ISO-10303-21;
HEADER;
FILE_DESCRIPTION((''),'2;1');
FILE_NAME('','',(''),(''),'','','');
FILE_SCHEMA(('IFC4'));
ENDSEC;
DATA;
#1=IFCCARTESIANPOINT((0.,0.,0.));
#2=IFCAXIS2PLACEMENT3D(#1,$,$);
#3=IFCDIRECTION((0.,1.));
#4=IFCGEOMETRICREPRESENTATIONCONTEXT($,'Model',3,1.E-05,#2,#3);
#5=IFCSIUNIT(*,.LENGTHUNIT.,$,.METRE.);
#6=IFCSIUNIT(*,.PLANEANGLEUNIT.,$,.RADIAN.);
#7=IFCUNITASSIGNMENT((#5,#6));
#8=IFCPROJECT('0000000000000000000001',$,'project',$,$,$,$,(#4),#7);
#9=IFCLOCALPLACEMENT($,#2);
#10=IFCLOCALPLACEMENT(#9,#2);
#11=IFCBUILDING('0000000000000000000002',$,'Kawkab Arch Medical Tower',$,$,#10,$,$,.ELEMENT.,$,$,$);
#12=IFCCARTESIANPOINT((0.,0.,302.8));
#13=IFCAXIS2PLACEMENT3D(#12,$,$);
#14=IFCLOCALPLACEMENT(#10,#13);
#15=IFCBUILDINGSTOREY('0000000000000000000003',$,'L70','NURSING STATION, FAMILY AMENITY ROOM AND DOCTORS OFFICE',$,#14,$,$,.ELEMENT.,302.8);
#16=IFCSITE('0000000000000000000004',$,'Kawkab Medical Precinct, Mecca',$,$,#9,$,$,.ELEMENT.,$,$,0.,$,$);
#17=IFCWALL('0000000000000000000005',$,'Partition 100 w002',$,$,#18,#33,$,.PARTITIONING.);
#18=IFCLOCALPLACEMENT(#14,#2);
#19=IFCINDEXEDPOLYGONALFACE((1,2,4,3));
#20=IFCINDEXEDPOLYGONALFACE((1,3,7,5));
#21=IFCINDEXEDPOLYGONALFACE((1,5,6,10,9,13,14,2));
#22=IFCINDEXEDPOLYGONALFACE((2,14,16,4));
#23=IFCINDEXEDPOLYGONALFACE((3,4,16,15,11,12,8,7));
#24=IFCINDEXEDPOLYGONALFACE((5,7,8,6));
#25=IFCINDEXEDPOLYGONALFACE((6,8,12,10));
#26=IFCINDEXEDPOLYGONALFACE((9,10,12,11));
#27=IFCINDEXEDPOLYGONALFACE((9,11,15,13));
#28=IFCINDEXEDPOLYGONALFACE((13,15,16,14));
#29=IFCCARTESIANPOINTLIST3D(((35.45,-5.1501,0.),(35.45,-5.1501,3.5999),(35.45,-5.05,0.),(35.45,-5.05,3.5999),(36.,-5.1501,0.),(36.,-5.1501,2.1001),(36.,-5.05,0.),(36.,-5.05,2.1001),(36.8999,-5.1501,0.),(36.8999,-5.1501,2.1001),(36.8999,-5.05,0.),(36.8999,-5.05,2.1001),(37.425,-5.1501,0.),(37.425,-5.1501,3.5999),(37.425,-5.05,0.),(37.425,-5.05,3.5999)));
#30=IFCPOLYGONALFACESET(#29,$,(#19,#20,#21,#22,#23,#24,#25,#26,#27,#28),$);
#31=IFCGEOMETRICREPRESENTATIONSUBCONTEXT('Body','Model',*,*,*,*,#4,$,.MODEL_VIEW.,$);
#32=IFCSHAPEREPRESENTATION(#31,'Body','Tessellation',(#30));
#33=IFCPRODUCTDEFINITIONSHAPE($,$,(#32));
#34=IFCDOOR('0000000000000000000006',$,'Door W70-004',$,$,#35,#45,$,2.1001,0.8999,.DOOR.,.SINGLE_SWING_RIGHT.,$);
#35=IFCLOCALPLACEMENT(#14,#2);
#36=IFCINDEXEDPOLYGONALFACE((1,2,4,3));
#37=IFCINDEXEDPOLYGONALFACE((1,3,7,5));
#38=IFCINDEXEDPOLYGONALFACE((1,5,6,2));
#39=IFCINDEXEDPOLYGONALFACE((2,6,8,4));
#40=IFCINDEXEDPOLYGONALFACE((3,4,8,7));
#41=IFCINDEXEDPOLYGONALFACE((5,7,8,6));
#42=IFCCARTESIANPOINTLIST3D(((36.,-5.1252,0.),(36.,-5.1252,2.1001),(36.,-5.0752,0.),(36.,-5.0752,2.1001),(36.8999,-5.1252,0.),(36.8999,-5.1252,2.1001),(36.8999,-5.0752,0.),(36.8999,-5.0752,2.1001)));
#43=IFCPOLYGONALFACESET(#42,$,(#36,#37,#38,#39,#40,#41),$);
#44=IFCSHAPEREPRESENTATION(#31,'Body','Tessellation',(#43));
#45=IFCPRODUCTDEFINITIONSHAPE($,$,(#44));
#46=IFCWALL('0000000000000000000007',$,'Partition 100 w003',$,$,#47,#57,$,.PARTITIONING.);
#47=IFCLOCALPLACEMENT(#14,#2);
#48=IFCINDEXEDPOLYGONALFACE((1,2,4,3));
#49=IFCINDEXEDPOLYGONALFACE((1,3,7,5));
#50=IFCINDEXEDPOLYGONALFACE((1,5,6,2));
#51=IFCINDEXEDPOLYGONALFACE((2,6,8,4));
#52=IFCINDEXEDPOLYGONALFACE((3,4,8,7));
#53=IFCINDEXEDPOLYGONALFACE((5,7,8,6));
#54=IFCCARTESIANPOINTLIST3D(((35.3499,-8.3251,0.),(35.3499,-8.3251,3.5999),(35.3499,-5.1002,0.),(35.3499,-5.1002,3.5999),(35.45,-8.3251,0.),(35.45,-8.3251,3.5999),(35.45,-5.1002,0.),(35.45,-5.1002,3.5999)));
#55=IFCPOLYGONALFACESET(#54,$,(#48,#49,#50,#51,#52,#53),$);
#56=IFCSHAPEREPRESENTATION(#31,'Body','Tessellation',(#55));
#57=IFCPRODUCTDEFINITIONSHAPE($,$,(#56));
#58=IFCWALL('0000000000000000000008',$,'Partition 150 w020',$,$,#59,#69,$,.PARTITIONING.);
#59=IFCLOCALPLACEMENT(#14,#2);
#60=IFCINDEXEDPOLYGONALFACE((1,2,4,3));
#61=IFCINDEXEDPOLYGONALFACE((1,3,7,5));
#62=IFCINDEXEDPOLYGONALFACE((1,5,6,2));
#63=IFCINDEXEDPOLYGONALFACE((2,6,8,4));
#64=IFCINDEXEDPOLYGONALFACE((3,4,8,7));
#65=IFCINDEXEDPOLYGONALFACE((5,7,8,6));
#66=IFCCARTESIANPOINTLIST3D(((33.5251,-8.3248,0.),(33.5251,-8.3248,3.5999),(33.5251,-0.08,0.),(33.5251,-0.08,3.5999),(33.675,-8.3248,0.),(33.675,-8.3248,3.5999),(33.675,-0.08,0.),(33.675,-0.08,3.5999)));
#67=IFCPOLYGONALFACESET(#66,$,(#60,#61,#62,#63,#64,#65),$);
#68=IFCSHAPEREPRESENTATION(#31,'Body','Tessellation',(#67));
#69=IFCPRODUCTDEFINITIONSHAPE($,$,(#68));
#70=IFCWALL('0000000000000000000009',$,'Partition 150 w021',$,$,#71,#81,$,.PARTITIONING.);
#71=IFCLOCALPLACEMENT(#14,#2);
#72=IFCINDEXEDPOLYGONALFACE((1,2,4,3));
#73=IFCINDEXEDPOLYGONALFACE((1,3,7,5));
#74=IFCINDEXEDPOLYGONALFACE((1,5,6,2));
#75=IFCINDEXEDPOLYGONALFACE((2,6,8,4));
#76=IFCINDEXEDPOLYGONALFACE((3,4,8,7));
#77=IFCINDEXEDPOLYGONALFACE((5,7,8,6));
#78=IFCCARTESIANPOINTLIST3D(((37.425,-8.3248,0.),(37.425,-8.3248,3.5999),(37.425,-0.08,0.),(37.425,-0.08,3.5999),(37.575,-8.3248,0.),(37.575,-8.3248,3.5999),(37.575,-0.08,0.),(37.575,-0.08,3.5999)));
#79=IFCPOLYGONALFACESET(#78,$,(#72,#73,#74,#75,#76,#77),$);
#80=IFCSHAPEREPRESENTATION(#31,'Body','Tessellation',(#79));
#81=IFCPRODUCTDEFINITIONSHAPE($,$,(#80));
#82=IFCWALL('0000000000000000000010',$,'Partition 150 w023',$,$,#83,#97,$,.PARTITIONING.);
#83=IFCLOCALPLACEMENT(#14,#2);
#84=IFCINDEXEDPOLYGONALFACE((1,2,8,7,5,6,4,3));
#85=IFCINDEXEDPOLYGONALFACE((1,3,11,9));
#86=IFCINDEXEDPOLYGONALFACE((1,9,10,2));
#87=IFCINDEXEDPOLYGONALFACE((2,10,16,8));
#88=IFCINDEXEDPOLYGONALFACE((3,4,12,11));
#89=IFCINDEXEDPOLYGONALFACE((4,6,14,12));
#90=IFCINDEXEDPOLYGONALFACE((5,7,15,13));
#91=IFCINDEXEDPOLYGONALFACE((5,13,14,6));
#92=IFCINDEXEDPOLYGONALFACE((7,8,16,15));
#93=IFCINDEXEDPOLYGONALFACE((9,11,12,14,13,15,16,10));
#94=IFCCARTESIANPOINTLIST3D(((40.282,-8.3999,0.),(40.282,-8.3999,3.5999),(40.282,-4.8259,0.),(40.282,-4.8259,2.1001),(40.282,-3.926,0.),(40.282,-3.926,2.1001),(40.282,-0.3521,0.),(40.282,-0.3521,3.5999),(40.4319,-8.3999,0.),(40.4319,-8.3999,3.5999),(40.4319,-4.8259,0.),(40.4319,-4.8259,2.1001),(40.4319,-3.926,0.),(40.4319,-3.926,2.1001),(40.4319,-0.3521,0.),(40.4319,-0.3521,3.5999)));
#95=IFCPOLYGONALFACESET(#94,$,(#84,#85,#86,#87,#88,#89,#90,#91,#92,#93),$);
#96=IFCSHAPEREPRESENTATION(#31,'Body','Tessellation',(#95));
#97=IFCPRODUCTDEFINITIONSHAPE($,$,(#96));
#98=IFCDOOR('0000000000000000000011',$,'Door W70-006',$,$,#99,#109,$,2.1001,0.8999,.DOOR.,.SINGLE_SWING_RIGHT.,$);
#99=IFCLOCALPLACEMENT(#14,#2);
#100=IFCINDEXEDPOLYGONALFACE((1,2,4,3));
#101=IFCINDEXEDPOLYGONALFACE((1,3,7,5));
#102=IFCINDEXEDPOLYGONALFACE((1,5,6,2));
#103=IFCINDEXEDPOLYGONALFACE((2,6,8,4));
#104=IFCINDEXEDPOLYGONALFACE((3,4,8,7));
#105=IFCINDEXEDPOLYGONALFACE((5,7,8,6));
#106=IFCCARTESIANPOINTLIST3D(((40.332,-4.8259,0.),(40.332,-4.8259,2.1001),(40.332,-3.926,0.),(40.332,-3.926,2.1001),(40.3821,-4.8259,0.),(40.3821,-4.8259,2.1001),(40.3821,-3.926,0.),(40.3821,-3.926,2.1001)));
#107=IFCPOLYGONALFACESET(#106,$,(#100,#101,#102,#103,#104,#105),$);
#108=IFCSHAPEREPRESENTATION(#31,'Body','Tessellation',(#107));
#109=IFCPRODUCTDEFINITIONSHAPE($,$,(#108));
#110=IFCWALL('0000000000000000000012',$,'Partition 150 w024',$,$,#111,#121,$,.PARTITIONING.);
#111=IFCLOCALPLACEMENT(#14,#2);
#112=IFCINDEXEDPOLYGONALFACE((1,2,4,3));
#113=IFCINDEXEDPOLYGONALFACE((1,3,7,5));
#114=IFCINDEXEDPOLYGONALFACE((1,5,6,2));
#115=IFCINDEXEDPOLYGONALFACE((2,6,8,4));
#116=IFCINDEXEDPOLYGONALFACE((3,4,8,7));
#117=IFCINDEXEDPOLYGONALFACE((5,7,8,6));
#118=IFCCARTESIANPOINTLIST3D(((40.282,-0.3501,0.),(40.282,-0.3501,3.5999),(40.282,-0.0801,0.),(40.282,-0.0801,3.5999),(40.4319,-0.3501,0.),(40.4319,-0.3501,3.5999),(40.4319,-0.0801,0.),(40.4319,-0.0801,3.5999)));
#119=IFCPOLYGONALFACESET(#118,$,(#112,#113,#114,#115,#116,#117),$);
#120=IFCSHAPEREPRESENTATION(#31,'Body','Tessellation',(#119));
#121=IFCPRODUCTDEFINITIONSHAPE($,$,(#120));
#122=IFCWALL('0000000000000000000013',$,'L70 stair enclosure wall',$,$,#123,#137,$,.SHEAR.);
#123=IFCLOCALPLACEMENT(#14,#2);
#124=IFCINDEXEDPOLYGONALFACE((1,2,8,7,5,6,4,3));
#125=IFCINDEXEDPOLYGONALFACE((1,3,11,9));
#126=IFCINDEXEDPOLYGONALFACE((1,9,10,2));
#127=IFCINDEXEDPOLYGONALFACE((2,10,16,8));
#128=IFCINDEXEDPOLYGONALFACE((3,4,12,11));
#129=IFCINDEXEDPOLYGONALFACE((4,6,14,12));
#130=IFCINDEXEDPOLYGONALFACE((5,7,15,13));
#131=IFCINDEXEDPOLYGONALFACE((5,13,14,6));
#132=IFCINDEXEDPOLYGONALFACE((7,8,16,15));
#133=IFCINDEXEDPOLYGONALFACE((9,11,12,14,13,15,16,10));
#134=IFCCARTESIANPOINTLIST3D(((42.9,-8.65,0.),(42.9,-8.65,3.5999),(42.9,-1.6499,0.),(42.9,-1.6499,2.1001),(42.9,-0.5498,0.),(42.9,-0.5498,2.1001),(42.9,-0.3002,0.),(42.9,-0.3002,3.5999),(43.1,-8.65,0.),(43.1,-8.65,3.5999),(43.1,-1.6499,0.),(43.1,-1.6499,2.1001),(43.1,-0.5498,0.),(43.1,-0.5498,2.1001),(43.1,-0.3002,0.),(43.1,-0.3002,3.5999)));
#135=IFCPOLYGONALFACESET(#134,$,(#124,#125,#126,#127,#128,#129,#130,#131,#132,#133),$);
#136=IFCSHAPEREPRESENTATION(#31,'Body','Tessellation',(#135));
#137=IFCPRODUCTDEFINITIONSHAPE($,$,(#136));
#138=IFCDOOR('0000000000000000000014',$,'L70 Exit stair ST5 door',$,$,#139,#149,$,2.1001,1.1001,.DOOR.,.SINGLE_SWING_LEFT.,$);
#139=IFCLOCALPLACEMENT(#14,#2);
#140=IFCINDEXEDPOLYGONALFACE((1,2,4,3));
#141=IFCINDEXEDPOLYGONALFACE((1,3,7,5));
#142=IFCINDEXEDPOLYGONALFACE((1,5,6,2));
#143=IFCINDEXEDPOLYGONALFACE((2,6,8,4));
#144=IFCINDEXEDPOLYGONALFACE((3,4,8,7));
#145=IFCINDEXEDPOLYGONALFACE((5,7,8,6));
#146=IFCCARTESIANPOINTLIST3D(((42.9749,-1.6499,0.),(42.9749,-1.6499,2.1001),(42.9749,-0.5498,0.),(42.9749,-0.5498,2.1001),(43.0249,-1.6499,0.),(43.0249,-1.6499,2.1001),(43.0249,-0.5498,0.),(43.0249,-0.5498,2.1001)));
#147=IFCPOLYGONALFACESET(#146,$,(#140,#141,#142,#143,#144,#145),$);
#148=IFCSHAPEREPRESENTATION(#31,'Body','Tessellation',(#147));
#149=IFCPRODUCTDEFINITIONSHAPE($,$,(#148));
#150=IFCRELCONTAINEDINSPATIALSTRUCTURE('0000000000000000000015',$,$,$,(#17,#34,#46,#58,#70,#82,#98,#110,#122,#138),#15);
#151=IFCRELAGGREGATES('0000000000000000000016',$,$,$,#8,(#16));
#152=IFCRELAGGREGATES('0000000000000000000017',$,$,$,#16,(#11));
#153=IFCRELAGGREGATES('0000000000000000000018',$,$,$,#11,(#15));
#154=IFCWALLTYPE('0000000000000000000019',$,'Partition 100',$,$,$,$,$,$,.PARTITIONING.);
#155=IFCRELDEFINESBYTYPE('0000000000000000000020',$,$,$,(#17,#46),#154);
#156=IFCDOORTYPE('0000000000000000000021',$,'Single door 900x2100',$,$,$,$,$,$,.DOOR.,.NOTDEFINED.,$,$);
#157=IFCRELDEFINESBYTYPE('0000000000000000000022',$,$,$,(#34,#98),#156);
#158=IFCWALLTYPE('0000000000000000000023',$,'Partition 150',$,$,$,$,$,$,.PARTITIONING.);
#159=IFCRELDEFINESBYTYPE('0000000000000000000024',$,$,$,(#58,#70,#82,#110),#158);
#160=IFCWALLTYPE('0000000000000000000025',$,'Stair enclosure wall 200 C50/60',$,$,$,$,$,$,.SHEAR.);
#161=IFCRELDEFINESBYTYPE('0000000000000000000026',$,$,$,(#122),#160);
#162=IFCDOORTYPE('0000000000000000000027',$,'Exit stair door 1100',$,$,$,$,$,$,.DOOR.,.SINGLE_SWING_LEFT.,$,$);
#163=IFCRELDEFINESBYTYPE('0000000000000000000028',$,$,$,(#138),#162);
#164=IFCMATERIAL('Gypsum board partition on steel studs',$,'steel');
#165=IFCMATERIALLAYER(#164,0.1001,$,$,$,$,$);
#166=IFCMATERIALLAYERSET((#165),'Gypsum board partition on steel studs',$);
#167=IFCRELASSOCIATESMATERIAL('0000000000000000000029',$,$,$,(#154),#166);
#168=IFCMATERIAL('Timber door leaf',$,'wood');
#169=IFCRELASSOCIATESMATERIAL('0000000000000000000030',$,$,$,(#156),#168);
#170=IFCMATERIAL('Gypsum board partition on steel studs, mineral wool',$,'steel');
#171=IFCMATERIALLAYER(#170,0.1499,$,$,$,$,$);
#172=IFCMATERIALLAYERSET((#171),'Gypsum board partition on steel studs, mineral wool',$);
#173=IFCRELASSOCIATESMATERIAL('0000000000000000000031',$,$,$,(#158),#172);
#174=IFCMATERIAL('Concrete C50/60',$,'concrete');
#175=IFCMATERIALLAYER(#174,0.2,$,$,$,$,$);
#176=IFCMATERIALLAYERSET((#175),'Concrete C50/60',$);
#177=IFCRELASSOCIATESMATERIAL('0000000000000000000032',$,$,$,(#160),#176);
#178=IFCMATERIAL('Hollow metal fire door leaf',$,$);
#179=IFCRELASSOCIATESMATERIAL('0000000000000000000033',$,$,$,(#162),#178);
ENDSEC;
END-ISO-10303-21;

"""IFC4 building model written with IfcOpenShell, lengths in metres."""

from ifc_helpers import new_model, si_unit, direction, frame, frame_2d, origin, place, context, subcontext, project, spatial, rectangle, extrude, material, layer, layer_set, type_object, element, fill, save


model = new_model("IFC4")

# Units and contexts
model_context = context("Model", 3, precision=1e-05, world=origin(), true_north=direction((0.0, 1.0)))
body_context = subcontext(model_context, "Body", "Model", "MODEL_VIEW")
ifc_project = project(units=[si_unit("LENGTHUNIT", "METRE"), si_unit("PLANEANGLEUNIT", "RADIAN")], contexts=[model_context])

# Site, building, storey
site_placement = place(None, origin())
site = spatial("IfcSite", under=ifc_project, at=site_placement, Name="Kawkab Medical Precinct, Mecca", CompositionType="ELEMENT", RefElevation=0.0)
building_placement = place(site_placement, origin())
building = spatial("IfcBuilding", under=site, at=building_placement, Name="Kawkab Arch Medical Tower", CompositionType="ELEMENT")
storey_placement = place(building_placement, frame((0.0, 0.0, 302.8)))
storey = spatial("IfcBuildingStorey", under=building, at=storey_placement, Name="L70", Description="NURSING STATION, FAMILY AMENITY ROOM AND DOCTORS OFFICE", CompositionType="ELEMENT", Elevation=302.8)

# Wall, opening, door
ifc_material_1 = material(Name="Gypsum board partition on steel studs", Category="steel")
ifc_layer_1 = layer(ifc_material_1, 0.1001)
ifc_layer_set_1 = layer_set([ifc_layer_1], Name="Gypsum board partition on steel studs")
wall_type_1 = type_object("IfcWallType", Name="Partition 100", PredefinedType="PARTITIONING", material=ifc_layer_set_1)
wall_1_placement = place(storey_placement, frame((35.45, -5.1001, 0.0), z_axis=(0.0, 0.0, 1.0), x_axis=(1.0, 0.0, 0.0)))
wall_1 = element("IfcWall", 1, at=wall_1_placement, inside=storey, type_object=wall_type_1, Name="Partition 100 w002", PredefinedType="PARTITIONING", context=body_context, shape_type="SweptSolid", body=[
    extrude(rectangle(XDim=1.9751, YDim=0.1001, at=frame_2d((0.9875, 0.0))), origin(), (0.0, 0.0, 1.0), 3.5999),
])
opening_1_placement = place(wall_1_placement, frame((0.55, 0.0, 0.0)))
opening_1 = element("IfcOpeningElement", 2, at=opening_1_placement, cuts=wall_1, PredefinedType="OPENING", context=body_context, shape_type="SweptSolid", body=[
    extrude(rectangle(XDim=0.8999, YDim=2.1001, at=frame_2d((0.45, 1.05))), frame((0.0, 0.0601, 0.0), z_axis=(0.0, -1.0, 0.0), x_axis=(1.0, 0.0, 0.0)), (0.0, 0.0, 1.0), 0.1201),
])
ifc_material_2 = material(Name="Timber door leaf", Category="wood")
door_type_1 = type_object("IfcDoorType", Name="Single door 900x2100", OperationType="NOTDEFINED", PredefinedType="DOOR", material=ifc_material_2)
door_1_placement = place(opening_1_placement, origin())
door_1 = element("IfcDoor", 3, at=door_1_placement, inside=storey, type_object=door_type_1, Name="Door W70-004", OperationType="SINGLE_SWING_RIGHT", OverallHeight=2.1001, OverallWidth=0.8999, PredefinedType="DOOR", context=body_context, shape_type="SweptSolid", body=[
    extrude(rectangle(XDim=0.8999, YDim=2.1001, at=frame_2d((0.45, 1.05))), frame((0.0, 0.0249, 0.0), z_axis=(0.0, -1.0, 0.0), x_axis=(1.0, 0.0, 0.0)), (0.0, 0.0, 1.0), 0.05),
])
fill(opening_1, door_1)

# Walls
wall_2_placement = place(storey_placement, frame((35.3999, -8.325, 0.0), z_axis=(0.0, 0.0, 1.0), x_axis=(0.0, 1.0, 0.0)))
element("IfcWall", 4, at=wall_2_placement, inside=storey, type_object=wall_type_1, Name="Partition 100 w003", PredefinedType="PARTITIONING", context=body_context, shape_type="SweptSolid", body=[
    extrude(rectangle(XDim=3.2249, YDim=0.1001, at=frame_2d((1.6123, 0.0))), origin(), (0.0, 0.0, 1.0), 3.5999),
])
ifc_material_3 = material(Name="Gypsum board partition on steel studs, mineral wool", Category="steel")
ifc_layer_2 = layer(ifc_material_3, 0.1499)
ifc_layer_set_2 = layer_set([ifc_layer_2], Name="Gypsum board partition on steel studs, mineral wool")
wall_type_2 = type_object("IfcWallType", Name="Partition 150", PredefinedType="PARTITIONING", material=ifc_layer_set_2)
for number, where, z_axis, x_axis, name in (
    (5, (33.6001, -8.325, 0.0), (0.0, 0.0, 1.0), (0.0, 1.0, 0.0), "Partition 150 w020"),
    (6, (37.5, -8.325, 0.0), (0.0, 0.0, 1.0), (0.0, 1.0, 0.0), "Partition 150 w021"),
):
    element("IfcWall", number, at=place(storey_placement, frame(where, z_axis=z_axis, x_axis=x_axis)), inside=storey, type_object=wall_type_2, Name=name, PredefinedType="PARTITIONING", context=body_context, shape_type="SweptSolid", body=[
        extrude(rectangle(XDim=8.2449, YDim=0.1499, at=frame_2d((4.1226, 0.0))), origin(), (0.0, 0.0, 1.0), 3.5999),
    ])

# Wall, opening, door
wall_3_placement = place(storey_placement, frame((40.3569, -8.3999, 0.0), z_axis=(0.0, 0.0, 1.0), x_axis=(0.0, 1.0, 0.0)))
wall_3 = element("IfcWall", 7, at=wall_3_placement, inside=storey, type_object=wall_type_2, Name="Partition 150 w023", PredefinedType="PARTITIONING", context=body_context, shape_type="SweptSolid", body=[
    extrude(rectangle(XDim=8.0479, YDim=0.1499, at=frame_2d((4.0239, 0.0))), origin(), (0.0, 0.0, 1.0), 3.5999),
])
opening_2_placement = place(wall_3_placement, frame((3.574, 0.0, 0.0)))
opening_2 = element("IfcOpeningElement", 8, at=opening_2_placement, cuts=wall_3, PredefinedType="OPENING", context=body_context, shape_type="SweptSolid", body=[
    extrude(rectangle(XDim=0.8999, YDim=2.1001, at=frame_2d((0.45, 1.05))), frame((0.0, 0.085, 0.0), z_axis=(0.0, -1.0, 0.0), x_axis=(1.0, 0.0, 0.0)), (0.0, 0.0, 1.0), 0.1699),
])
door_2_placement = place(opening_2_placement, origin())
door_2 = element("IfcDoor", 9, at=door_2_placement, inside=storey, type_object=door_type_1, Name="Door W70-006", OperationType="SINGLE_SWING_RIGHT", OverallHeight=2.1001, OverallWidth=0.8999, PredefinedType="DOOR", context=body_context, shape_type="SweptSolid", body=[
    extrude(rectangle(XDim=0.8999, YDim=2.1001, at=frame_2d((0.45, 1.05))), frame((0.0, 0.0249, 0.0), z_axis=(0.0, -1.0, 0.0), x_axis=(1.0, 0.0, 0.0)), (0.0, 0.0, 1.0), 0.05),
])
fill(opening_2, door_2)

# Wall
wall_4_placement = place(storey_placement, frame((40.3569, -0.3501, 0.0), z_axis=(0.0, 0.0, 1.0), x_axis=(0.0, 1.0, 0.0)))
element("IfcWall", 10, at=wall_4_placement, inside=storey, type_object=wall_type_2, Name="Partition 150 w024", PredefinedType="PARTITIONING", context=body_context, shape_type="SweptSolid", body=[
    extrude(rectangle(XDim=0.27, YDim=0.1499, at=frame_2d((0.135, 0.0))), origin(), (0.0, 0.0, 1.0), 3.5999),
])

# Wall, opening, door
ifc_material_4 = material(Name="Concrete C50/60", Category="concrete")
ifc_layer_3 = layer(ifc_material_4, 0.2)
ifc_layer_set_3 = layer_set([ifc_layer_3], Name="Concrete C50/60")
wall_type_3 = type_object("IfcWallType", Name="Stair enclosure wall 200 C50/60", PredefinedType="SHEAR", material=ifc_layer_set_3)
wall_5_placement = place(storey_placement, frame((43.0, -8.6499, 0.0), z_axis=(0.0, 0.0, 1.0), x_axis=(0.0, 1.0, 0.0)))
wall_5 = element("IfcWall", 11, at=wall_5_placement, inside=storey, type_object=wall_type_3, Name="L70 stair enclosure wall", PredefinedType="SHEAR", context=body_context, shape_type="SweptSolid", body=[
    extrude(rectangle(XDim=8.3499, YDim=0.2, at=frame_2d((4.1748, 0.0))), origin(), (0.0, 0.0, 1.0), 3.5999),
])
opening_3_placement = place(wall_5_placement, frame((7.0, 0.0, 0.0)))
opening_3 = element("IfcOpeningElement", 12, at=opening_3_placement, cuts=wall_5, PredefinedType="OPENING", context=body_context, shape_type="SweptSolid", body=[
    extrude(rectangle(XDim=1.1001, YDim=2.1001, at=frame_2d((0.55, 1.05))), frame((0.0, 0.1099, 0.0), z_axis=(0.0, -1.0, 0.0), x_axis=(1.0, 0.0, 0.0)), (0.0, 0.0, 1.0), 0.22),
])
ifc_material_5 = material(Name="Hollow metal fire door leaf")
door_type_2 = type_object("IfcDoorType", Name="Exit stair door 1100", OperationType="SINGLE_SWING_LEFT", PredefinedType="DOOR", material=ifc_material_5)
door_3_placement = place(opening_3_placement, frame((1.1001, 0.0, 0.0), z_axis=(0.0, 0.0, 1.0), x_axis=(-1.0, 0.0, 0.0)))
door_3 = element("IfcDoor", 13, at=door_3_placement, inside=storey, type_object=door_type_2, Name="L70 Exit stair ST5 door", OperationType="SINGLE_SWING_LEFT", OverallHeight=2.1001, OverallWidth=1.1001, PredefinedType="DOOR", context=body_context, shape_type="SweptSolid", body=[
    extrude(rectangle(XDim=1.1001, YDim=2.1001, at=frame_2d((0.55, 1.05))), frame((0.0, 0.0249, 0.0), z_axis=(0.0, -1.0, 0.0), x_axis=(1.0, 0.0, 0.0)), (0.0, 0.0, 1.0), 0.05),
])
fill(opening_3, door_3)

save(model, "model.ifc")
